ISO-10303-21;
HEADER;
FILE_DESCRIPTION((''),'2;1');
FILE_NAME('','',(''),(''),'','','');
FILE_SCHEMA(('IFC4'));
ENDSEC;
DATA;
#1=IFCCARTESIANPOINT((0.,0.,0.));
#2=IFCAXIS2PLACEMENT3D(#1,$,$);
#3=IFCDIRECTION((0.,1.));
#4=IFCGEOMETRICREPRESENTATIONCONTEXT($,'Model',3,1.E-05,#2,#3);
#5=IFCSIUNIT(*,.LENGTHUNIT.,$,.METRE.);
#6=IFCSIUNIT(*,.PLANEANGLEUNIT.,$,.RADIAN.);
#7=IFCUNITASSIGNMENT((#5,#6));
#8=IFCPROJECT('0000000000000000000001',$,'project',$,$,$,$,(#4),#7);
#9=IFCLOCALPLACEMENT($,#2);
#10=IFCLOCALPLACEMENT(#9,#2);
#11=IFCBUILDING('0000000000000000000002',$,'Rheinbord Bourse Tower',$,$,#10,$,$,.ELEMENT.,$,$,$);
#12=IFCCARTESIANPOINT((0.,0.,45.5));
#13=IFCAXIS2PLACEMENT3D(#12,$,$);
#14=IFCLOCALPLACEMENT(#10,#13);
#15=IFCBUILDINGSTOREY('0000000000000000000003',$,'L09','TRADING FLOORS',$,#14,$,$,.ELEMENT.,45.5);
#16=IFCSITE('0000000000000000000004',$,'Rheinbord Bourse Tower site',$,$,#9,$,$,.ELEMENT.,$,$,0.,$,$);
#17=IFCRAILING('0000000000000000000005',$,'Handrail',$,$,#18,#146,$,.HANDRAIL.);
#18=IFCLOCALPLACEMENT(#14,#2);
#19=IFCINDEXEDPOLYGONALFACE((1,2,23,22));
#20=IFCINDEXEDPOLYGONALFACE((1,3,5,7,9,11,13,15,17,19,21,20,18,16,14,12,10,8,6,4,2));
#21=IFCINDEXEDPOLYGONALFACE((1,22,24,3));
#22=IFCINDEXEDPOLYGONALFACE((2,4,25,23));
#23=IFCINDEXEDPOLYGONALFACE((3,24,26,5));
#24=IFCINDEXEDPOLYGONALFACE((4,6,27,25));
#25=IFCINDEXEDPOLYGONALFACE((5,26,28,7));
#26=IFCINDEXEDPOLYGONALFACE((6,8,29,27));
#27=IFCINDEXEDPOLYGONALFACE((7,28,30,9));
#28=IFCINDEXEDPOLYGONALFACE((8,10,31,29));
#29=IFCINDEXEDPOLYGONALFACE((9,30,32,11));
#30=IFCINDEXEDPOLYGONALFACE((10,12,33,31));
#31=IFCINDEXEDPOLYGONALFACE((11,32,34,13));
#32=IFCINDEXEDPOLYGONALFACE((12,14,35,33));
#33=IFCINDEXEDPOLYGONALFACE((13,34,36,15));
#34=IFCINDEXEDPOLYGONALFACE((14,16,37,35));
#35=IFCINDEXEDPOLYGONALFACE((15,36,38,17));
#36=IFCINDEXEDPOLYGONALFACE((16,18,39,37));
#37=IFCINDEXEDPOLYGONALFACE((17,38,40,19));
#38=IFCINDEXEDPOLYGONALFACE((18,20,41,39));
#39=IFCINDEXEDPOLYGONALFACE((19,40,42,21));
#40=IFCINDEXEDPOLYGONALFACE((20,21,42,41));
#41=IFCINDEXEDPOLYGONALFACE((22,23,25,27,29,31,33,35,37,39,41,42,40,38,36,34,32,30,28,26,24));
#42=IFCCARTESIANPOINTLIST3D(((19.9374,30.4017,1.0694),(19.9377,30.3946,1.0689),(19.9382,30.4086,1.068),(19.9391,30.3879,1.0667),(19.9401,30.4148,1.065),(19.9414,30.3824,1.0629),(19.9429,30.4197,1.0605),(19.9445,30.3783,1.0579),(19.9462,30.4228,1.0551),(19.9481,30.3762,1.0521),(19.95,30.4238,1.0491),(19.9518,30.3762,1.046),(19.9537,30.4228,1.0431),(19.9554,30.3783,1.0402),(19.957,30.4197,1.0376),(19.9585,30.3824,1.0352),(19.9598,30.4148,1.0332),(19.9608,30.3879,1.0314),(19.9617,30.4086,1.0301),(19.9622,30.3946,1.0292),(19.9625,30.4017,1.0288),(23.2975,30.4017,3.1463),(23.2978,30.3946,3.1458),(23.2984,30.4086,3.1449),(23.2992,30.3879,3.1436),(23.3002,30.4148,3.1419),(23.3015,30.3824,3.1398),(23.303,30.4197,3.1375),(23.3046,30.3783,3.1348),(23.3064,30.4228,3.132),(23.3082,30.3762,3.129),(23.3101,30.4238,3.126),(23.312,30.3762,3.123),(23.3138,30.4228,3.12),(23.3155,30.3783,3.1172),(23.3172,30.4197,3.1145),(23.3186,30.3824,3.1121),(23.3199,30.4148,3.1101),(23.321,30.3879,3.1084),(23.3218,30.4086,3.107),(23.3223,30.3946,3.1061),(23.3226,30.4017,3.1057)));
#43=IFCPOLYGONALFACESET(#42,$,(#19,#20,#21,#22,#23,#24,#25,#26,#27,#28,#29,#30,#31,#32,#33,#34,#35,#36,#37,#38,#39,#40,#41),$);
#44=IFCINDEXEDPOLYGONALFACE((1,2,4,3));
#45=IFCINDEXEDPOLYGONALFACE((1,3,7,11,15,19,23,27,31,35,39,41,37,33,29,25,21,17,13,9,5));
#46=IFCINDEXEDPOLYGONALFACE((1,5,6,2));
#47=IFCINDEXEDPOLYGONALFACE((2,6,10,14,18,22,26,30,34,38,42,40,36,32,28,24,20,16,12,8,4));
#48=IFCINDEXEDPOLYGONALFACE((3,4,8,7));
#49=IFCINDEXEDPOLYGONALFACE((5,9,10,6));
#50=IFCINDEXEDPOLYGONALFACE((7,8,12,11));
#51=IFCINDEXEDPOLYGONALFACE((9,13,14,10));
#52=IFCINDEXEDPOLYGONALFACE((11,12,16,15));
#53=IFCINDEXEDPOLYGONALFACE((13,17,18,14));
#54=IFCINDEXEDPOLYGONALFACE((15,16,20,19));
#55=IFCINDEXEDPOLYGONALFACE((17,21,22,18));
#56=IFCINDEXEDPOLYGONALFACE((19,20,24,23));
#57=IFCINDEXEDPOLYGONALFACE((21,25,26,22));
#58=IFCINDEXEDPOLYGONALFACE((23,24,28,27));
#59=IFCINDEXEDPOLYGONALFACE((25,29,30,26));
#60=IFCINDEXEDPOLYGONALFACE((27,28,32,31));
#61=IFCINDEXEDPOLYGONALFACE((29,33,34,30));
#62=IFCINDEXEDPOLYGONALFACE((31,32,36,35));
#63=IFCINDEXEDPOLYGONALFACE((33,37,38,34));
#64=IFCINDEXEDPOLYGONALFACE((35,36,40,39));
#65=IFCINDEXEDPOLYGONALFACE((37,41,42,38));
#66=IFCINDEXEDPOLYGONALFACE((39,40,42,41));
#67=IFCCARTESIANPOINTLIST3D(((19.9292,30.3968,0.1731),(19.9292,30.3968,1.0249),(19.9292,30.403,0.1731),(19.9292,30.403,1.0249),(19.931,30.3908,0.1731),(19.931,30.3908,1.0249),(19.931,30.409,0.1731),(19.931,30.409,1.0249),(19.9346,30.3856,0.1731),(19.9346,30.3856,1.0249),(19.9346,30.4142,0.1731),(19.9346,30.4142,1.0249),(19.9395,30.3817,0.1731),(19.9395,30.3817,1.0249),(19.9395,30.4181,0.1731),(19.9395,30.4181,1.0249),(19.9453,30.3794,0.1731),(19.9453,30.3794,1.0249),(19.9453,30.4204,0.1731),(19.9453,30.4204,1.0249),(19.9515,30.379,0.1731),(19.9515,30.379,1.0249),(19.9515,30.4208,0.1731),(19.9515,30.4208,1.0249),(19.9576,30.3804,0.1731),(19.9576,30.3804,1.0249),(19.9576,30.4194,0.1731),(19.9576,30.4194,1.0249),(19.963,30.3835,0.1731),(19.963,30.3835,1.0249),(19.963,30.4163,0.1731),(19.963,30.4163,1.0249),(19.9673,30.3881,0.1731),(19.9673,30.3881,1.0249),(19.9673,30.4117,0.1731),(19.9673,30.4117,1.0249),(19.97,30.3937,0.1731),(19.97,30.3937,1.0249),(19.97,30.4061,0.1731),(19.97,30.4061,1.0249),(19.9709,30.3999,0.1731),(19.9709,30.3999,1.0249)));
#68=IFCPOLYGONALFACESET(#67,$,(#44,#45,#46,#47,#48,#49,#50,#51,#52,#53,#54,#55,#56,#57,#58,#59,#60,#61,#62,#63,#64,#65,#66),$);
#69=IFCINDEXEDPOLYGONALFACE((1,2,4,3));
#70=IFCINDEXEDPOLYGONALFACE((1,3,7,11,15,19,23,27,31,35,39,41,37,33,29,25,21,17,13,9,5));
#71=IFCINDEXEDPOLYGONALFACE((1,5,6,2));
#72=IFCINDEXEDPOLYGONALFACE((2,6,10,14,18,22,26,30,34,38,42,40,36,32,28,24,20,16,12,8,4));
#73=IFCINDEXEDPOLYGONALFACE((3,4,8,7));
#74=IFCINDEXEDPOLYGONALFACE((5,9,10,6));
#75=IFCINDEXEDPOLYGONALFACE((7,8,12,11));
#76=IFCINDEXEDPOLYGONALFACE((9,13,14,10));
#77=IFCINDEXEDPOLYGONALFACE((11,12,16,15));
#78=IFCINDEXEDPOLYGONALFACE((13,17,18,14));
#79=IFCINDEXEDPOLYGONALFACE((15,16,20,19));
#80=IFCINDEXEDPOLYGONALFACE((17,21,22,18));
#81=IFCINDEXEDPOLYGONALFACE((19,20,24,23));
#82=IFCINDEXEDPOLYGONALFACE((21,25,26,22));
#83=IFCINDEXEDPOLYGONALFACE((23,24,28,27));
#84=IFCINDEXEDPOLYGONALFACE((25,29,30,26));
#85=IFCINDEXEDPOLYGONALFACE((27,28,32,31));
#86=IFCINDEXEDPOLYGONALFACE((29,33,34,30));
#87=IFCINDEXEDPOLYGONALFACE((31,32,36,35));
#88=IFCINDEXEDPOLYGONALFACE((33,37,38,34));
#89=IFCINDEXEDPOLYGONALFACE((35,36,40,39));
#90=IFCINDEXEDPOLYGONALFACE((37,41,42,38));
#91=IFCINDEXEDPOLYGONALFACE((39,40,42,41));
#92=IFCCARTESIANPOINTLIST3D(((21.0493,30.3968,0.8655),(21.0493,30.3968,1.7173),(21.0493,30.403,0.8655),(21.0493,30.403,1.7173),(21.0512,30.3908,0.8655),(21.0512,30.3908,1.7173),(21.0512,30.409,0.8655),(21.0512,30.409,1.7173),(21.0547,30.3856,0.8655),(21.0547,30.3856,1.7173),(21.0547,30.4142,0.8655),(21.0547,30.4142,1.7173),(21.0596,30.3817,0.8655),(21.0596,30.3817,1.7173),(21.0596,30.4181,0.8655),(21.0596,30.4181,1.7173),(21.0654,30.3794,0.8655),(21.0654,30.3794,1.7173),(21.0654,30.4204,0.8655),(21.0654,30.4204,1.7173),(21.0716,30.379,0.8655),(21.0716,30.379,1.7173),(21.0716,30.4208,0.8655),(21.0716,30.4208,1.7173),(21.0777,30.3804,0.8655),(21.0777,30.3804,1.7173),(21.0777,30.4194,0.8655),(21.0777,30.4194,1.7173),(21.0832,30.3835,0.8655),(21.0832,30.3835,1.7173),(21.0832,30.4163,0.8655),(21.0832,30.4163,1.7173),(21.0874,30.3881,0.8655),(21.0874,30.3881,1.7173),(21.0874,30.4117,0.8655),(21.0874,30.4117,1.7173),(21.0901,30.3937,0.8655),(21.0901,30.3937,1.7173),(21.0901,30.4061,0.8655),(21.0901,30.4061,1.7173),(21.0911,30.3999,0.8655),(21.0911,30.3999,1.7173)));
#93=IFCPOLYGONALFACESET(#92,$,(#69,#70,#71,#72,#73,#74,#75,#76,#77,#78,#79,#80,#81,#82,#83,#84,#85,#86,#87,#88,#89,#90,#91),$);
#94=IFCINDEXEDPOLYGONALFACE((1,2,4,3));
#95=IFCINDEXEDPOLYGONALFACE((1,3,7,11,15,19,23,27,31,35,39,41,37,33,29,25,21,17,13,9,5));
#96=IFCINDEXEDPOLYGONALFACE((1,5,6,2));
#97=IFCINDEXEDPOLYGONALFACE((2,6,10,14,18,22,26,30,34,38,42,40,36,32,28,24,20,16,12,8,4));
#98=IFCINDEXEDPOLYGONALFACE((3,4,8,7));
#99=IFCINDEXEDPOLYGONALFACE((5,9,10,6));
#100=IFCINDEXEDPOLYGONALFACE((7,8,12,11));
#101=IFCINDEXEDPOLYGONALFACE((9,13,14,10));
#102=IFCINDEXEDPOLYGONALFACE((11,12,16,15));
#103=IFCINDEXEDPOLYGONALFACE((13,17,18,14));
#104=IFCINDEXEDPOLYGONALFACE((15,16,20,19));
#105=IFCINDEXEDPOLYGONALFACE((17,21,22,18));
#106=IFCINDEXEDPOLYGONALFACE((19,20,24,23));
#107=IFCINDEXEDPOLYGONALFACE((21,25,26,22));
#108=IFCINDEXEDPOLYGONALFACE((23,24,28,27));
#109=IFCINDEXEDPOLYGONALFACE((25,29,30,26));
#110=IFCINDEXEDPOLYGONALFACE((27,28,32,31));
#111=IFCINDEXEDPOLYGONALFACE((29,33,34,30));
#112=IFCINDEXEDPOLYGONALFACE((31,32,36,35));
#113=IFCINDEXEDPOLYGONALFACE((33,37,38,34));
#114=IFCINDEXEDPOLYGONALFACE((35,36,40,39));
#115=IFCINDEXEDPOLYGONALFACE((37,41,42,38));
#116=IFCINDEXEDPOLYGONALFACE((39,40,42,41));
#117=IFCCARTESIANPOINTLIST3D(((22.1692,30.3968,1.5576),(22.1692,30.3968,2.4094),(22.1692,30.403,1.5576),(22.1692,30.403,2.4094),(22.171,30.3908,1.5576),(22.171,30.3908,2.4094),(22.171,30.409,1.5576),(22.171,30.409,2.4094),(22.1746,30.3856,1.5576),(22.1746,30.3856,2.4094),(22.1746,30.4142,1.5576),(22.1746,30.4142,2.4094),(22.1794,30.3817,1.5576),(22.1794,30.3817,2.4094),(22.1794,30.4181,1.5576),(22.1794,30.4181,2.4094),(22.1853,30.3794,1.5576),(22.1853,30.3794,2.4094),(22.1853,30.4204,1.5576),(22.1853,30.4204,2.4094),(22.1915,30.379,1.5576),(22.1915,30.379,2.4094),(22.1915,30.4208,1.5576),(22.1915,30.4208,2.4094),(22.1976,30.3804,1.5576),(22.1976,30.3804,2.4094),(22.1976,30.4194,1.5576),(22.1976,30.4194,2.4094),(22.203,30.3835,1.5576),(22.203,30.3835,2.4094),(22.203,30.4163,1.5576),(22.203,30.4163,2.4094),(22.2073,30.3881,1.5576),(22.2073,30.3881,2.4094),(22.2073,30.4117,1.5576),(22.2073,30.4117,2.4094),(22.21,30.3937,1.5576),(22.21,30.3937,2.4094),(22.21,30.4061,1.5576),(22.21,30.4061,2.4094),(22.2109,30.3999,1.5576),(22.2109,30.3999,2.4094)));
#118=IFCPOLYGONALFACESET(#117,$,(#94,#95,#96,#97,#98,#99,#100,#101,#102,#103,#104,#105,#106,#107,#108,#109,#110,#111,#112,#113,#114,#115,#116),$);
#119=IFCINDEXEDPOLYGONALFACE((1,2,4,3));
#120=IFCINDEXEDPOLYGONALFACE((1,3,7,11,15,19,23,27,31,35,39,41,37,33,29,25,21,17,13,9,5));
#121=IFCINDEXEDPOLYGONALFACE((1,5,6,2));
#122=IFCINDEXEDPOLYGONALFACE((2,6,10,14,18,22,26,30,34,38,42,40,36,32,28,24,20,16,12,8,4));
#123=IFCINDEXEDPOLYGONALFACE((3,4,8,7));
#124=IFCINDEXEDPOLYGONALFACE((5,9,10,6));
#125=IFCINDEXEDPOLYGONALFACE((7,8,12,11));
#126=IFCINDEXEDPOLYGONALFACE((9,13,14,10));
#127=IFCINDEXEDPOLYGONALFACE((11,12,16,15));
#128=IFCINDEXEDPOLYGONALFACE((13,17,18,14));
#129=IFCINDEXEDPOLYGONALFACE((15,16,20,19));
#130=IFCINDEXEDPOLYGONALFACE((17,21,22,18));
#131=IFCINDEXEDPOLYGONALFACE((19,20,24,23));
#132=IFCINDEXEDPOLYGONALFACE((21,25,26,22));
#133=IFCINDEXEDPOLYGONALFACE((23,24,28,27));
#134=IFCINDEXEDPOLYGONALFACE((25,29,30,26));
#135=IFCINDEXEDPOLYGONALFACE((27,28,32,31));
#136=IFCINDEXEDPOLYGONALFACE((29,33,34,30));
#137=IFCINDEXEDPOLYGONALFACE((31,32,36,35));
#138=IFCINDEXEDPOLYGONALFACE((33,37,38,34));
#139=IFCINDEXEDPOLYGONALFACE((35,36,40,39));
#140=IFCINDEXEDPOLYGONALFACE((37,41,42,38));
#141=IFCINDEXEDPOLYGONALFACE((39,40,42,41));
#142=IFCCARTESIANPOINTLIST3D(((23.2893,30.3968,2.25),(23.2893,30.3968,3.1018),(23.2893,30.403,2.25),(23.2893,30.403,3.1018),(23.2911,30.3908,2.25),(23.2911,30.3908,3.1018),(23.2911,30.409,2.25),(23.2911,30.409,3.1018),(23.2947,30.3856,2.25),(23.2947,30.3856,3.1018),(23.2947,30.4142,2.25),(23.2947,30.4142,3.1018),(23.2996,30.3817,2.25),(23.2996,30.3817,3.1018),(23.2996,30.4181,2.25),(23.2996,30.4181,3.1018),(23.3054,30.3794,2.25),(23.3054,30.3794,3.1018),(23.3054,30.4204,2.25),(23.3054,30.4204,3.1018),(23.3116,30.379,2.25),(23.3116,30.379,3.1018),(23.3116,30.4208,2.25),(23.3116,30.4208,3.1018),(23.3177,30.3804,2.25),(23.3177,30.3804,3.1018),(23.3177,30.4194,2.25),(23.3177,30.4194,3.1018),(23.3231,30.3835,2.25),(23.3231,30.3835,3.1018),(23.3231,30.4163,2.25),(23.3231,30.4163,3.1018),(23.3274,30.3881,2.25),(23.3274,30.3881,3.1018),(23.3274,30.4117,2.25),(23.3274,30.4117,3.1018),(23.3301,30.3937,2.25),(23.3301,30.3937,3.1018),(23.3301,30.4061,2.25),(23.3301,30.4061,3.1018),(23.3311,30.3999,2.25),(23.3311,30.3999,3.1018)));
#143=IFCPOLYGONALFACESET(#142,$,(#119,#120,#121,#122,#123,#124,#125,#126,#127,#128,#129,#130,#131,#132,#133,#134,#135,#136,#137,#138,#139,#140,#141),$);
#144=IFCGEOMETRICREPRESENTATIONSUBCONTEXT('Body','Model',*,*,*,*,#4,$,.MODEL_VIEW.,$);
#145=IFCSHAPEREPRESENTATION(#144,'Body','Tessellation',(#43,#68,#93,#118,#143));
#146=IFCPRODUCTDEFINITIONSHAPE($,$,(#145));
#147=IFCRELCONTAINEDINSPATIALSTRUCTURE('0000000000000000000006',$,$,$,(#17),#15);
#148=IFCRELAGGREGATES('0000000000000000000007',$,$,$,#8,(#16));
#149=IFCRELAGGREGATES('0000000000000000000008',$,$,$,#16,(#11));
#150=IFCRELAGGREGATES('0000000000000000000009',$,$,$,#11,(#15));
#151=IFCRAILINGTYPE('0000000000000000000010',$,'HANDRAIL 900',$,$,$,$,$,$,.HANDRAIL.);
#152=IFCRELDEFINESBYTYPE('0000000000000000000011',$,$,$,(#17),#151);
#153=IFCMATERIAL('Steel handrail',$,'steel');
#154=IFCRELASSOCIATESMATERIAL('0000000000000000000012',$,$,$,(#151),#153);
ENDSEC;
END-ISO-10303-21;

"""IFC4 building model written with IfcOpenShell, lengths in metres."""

from ifc_helpers import new_model, si_unit, direction, frame, origin, origin_2d, place, context, subcontext, project, spatial, circle, extrude, material, type_object, element, save


model = new_model("IFC4")

# Units and contexts
model_context = context("Model", 3, precision=1e-05, world=origin(), true_north=direction((0.0, 1.0)))
body_context = subcontext(model_context, "Body", "Model", "MODEL_VIEW")
ifc_project = project(units=[si_unit("LENGTHUNIT", "METRE"), si_unit("PLANEANGLEUNIT", "RADIAN")], contexts=[model_context])

# Site, building, storey
site_placement = place(None, origin())
site = spatial("IfcSite", under=ifc_project, at=site_placement, Name="Rheinbord Bourse Tower site", CompositionType="ELEMENT", RefElevation=0.0)
building_placement = place(site_placement, origin())
building = spatial("IfcBuilding", under=site, at=building_placement, Name="Rheinbord Bourse Tower", CompositionType="ELEMENT")
storey_placement = place(building_placement, frame((0.0, 0.0, 45.5)))
storey = spatial("IfcBuildingStorey", under=building, at=storey_placement, Name="L09", Description="TRADING FLOORS", CompositionType="ELEMENT", Elevation=45.5)

# Railing
ifc_material_1 = material(Name="Steel handrail", Category="steel")
railing_type = type_object("IfcRailingType", Name="HANDRAIL 900", PredefinedType="HANDRAIL", material=ifc_material_1)
railing_1_placement = place(storey_placement, frame((19.95, 30.3999, 0.1731)))
element("IfcRailing", 1, at=railing_1_placement, inside=storey, type_object=railing_type, Name="Handrail", PredefinedType="HANDRAIL", context=body_context, shape_type="SweptSolid", body=[
    extrude(circle(Radius=0.0239, at=origin_2d()), frame((0.0, 0.0, 0.876), z_axis=(0.850623, 0.0, 0.525776), x_axis=(0.0, 1.0, 0.0)), (0.0, 0.0, 1.0), 3.9502),
    extrude(circle(Radius=0.021, at=origin_2d()), origin(), (0.0, 0.0, 1.0), 0.8518),
    extrude(circle(Radius=0.021, at=origin_2d()), frame((1.1201, 0.0, 0.6924)), (0.0, 0.0, 1.0), 0.8518),
    extrude(circle(Radius=0.021, at=origin_2d()), frame((2.24, 0.0, 1.3845)), (0.0, 0.0, 1.0), 0.8518),
    extrude(circle(Radius=0.021, at=origin_2d()), frame((3.3601, 0.0, 2.0769)), (0.0, 0.0, 1.0), 0.8518),
])

save(model, "model.ifc")
